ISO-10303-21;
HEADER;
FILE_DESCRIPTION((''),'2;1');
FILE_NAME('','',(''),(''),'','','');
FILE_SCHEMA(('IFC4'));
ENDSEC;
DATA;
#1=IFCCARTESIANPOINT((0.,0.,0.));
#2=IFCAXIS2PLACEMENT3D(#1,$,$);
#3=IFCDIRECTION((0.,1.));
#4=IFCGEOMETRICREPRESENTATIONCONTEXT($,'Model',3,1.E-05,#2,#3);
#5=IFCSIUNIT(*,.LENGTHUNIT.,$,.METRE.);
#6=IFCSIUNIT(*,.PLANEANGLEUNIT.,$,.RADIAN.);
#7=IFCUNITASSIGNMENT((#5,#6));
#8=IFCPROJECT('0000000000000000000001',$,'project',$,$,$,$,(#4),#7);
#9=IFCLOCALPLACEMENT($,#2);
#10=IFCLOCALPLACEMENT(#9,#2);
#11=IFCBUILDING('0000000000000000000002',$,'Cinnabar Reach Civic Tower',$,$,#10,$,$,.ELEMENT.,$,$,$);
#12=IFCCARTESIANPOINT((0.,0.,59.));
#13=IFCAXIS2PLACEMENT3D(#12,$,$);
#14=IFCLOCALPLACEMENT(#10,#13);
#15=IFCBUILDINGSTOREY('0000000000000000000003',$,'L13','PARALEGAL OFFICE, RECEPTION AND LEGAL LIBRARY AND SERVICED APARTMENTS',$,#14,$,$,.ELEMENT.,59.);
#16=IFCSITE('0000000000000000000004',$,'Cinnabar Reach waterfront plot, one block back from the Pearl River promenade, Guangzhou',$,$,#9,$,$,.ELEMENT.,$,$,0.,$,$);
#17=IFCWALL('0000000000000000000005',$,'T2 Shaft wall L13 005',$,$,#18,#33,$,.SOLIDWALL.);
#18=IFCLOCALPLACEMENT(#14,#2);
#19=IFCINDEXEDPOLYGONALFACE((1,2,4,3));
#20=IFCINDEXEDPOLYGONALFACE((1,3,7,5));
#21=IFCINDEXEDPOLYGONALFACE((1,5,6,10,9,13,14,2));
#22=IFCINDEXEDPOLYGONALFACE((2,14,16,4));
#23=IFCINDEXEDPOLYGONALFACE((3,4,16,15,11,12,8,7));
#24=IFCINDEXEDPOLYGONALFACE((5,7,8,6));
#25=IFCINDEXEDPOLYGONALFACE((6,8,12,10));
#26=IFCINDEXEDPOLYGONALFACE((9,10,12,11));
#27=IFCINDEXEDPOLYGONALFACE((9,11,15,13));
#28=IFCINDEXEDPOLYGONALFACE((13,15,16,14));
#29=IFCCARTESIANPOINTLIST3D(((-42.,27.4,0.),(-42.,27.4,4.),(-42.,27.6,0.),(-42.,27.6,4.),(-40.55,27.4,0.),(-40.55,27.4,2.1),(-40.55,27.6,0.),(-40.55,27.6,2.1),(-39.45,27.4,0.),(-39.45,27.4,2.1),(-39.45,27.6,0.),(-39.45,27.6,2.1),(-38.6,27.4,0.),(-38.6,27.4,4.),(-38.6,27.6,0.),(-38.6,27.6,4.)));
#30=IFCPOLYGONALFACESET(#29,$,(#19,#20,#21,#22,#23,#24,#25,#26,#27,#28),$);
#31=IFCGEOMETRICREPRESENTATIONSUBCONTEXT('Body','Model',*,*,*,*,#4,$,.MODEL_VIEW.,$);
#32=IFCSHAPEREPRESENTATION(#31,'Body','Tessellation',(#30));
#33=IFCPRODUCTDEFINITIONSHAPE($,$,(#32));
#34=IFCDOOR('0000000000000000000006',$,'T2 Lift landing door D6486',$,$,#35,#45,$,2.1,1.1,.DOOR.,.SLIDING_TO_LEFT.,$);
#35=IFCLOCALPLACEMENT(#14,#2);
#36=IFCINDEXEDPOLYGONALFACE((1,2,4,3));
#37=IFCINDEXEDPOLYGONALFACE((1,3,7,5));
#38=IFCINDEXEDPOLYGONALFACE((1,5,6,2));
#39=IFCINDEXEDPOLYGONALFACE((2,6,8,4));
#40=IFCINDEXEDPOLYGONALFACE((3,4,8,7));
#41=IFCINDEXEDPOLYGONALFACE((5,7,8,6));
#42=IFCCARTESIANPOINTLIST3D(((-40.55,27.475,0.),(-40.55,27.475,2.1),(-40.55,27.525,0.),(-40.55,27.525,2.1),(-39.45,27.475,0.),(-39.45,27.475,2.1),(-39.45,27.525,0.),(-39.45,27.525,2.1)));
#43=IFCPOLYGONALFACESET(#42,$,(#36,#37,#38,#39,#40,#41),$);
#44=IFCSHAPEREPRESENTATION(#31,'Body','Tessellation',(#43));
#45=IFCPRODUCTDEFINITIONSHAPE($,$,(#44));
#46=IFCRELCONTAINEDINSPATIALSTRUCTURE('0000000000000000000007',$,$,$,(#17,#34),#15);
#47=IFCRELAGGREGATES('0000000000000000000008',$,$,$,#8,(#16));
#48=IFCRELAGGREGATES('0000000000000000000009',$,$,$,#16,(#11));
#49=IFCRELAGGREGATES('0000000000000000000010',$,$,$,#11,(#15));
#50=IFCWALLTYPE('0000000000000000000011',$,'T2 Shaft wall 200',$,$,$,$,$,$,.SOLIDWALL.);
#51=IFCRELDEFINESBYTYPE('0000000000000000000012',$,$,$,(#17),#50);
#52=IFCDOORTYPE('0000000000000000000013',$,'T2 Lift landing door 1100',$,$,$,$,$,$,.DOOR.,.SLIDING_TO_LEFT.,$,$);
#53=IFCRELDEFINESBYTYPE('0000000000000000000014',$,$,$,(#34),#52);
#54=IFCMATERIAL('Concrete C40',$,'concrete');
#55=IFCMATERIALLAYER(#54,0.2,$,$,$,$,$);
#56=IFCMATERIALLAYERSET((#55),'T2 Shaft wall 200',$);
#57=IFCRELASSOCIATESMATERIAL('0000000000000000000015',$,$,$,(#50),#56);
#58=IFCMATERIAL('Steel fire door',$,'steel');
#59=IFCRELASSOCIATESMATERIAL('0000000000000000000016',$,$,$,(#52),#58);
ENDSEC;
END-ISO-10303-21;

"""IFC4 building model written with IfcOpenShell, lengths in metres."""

from ifc_helpers import new_model, si_unit, direction, frame, frame_2d, origin, place, context, subcontext, project, spatial, rectangle, extrude, material, layer, layer_set, type_object, element, fill, save


model = new_model("IFC4")

# Units and contexts
model_context = context("Model", 3, precision=1e-05, world=origin(), true_north=direction((0.0, 1.0)))
body_context = subcontext(model_context, "Body", "Model", "MODEL_VIEW")
ifc_project = project(units=[si_unit("LENGTHUNIT", "METRE"), si_unit("PLANEANGLEUNIT", "RADIAN")], contexts=[model_context])

# Site, building, storey
site_placement = place(None, origin())
site = spatial("IfcSite", under=ifc_project, at=site_placement, Name="Cinnabar Reach waterfront plot, one block back from the Pearl River promenade, Guangzhou", CompositionType="ELEMENT", RefElevation=0.0)
building_placement = place(site_placement, origin())
building = spatial("IfcBuilding", under=site, at=building_placement, Name="Cinnabar Reach Civic Tower", CompositionType="ELEMENT")
storey_placement = place(building_placement, frame((0.0, 0.0, 59.0)))
storey = spatial("IfcBuildingStorey", under=building, at=storey_placement, Name="L13", Description="PARALEGAL OFFICE, RECEPTION AND LEGAL LIBRARY AND SERVICED APARTMENTS", CompositionType="ELEMENT", Elevation=59.0)

# Shared definitions
ifc_material_1 = material(Name="Steel fire door", Category="steel")

# Wall, opening, door
ifc_material_2 = material(Name="Concrete C40", Category="concrete")
ifc_layer_1 = layer(ifc_material_2, 0.2)
ifc_layer_set_1 = layer_set([ifc_layer_1], Name="T2 Shaft wall 200")
wall_type_1 = type_object("IfcWallType", Name="T2 Shaft wall 200", PredefinedType="SOLIDWALL", material=ifc_layer_set_1)
door_type_1 = type_object("IfcDoorType", Name="T2 Lift landing door 1100", OperationType="SLIDING_TO_LEFT", PredefinedType="DOOR", material=ifc_material_1)
wall_1_placement = place(storey_placement, frame((-42.0, 27.5, 0.0), z_axis=(0.0, 0.0, 1.0), x_axis=(1.0, 0.0, 0.0)))
wall_1 = element("IfcWall", 1, at=wall_1_placement, inside=storey, type_object=wall_type_1, Name="T2 Shaft wall L13 005", PredefinedType="SOLIDWALL", context=body_context, shape_type="SweptSolid", body=[
    extrude(rectangle(XDim=3.4, YDim=0.2, at=frame_2d((1.7, 0.0))), origin(), (0.0, 0.0, 1.0), 4.0),
])
opening_1_placement = place(wall_1_placement, frame((1.45, 0.0, 0.0)))
opening_1 = element("IfcOpeningElement", 2, at=opening_1_placement, cuts=wall_1, PredefinedType="OPENING", context=body_context, shape_type="SweptSolid", body=[
    extrude(rectangle(XDim=1.1, YDim=2.1, at=frame_2d((0.55, 1.05))), frame((0.0, 0.11, 0.0), z_axis=(0.0, -1.0, 0.0), x_axis=(1.0, 0.0, 0.0)), (0.0, 0.0, 1.0), 0.22),
])
door_1_placement = place(opening_1_placement, origin())
door_1 = element("IfcDoor", 3, at=door_1_placement, inside=storey, type_object=door_type_1, Name="T2 Lift landing door D6486", OperationType="SLIDING_TO_LEFT", OverallHeight=2.1, OverallWidth=1.1, PredefinedType="DOOR", context=body_context, shape_type="SweptSolid", body=[
    extrude(rectangle(XDim=1.1, YDim=2.1, at=frame_2d((0.55, 1.05))), frame((0.0, 0.025, 0.0), z_axis=(0.0, -1.0, 0.0), x_axis=(1.0, 0.0, 0.0)), (0.0, 0.0, 1.0), 0.05),
])
fill(opening_1, door_1)

save(model, "model.ifc")
